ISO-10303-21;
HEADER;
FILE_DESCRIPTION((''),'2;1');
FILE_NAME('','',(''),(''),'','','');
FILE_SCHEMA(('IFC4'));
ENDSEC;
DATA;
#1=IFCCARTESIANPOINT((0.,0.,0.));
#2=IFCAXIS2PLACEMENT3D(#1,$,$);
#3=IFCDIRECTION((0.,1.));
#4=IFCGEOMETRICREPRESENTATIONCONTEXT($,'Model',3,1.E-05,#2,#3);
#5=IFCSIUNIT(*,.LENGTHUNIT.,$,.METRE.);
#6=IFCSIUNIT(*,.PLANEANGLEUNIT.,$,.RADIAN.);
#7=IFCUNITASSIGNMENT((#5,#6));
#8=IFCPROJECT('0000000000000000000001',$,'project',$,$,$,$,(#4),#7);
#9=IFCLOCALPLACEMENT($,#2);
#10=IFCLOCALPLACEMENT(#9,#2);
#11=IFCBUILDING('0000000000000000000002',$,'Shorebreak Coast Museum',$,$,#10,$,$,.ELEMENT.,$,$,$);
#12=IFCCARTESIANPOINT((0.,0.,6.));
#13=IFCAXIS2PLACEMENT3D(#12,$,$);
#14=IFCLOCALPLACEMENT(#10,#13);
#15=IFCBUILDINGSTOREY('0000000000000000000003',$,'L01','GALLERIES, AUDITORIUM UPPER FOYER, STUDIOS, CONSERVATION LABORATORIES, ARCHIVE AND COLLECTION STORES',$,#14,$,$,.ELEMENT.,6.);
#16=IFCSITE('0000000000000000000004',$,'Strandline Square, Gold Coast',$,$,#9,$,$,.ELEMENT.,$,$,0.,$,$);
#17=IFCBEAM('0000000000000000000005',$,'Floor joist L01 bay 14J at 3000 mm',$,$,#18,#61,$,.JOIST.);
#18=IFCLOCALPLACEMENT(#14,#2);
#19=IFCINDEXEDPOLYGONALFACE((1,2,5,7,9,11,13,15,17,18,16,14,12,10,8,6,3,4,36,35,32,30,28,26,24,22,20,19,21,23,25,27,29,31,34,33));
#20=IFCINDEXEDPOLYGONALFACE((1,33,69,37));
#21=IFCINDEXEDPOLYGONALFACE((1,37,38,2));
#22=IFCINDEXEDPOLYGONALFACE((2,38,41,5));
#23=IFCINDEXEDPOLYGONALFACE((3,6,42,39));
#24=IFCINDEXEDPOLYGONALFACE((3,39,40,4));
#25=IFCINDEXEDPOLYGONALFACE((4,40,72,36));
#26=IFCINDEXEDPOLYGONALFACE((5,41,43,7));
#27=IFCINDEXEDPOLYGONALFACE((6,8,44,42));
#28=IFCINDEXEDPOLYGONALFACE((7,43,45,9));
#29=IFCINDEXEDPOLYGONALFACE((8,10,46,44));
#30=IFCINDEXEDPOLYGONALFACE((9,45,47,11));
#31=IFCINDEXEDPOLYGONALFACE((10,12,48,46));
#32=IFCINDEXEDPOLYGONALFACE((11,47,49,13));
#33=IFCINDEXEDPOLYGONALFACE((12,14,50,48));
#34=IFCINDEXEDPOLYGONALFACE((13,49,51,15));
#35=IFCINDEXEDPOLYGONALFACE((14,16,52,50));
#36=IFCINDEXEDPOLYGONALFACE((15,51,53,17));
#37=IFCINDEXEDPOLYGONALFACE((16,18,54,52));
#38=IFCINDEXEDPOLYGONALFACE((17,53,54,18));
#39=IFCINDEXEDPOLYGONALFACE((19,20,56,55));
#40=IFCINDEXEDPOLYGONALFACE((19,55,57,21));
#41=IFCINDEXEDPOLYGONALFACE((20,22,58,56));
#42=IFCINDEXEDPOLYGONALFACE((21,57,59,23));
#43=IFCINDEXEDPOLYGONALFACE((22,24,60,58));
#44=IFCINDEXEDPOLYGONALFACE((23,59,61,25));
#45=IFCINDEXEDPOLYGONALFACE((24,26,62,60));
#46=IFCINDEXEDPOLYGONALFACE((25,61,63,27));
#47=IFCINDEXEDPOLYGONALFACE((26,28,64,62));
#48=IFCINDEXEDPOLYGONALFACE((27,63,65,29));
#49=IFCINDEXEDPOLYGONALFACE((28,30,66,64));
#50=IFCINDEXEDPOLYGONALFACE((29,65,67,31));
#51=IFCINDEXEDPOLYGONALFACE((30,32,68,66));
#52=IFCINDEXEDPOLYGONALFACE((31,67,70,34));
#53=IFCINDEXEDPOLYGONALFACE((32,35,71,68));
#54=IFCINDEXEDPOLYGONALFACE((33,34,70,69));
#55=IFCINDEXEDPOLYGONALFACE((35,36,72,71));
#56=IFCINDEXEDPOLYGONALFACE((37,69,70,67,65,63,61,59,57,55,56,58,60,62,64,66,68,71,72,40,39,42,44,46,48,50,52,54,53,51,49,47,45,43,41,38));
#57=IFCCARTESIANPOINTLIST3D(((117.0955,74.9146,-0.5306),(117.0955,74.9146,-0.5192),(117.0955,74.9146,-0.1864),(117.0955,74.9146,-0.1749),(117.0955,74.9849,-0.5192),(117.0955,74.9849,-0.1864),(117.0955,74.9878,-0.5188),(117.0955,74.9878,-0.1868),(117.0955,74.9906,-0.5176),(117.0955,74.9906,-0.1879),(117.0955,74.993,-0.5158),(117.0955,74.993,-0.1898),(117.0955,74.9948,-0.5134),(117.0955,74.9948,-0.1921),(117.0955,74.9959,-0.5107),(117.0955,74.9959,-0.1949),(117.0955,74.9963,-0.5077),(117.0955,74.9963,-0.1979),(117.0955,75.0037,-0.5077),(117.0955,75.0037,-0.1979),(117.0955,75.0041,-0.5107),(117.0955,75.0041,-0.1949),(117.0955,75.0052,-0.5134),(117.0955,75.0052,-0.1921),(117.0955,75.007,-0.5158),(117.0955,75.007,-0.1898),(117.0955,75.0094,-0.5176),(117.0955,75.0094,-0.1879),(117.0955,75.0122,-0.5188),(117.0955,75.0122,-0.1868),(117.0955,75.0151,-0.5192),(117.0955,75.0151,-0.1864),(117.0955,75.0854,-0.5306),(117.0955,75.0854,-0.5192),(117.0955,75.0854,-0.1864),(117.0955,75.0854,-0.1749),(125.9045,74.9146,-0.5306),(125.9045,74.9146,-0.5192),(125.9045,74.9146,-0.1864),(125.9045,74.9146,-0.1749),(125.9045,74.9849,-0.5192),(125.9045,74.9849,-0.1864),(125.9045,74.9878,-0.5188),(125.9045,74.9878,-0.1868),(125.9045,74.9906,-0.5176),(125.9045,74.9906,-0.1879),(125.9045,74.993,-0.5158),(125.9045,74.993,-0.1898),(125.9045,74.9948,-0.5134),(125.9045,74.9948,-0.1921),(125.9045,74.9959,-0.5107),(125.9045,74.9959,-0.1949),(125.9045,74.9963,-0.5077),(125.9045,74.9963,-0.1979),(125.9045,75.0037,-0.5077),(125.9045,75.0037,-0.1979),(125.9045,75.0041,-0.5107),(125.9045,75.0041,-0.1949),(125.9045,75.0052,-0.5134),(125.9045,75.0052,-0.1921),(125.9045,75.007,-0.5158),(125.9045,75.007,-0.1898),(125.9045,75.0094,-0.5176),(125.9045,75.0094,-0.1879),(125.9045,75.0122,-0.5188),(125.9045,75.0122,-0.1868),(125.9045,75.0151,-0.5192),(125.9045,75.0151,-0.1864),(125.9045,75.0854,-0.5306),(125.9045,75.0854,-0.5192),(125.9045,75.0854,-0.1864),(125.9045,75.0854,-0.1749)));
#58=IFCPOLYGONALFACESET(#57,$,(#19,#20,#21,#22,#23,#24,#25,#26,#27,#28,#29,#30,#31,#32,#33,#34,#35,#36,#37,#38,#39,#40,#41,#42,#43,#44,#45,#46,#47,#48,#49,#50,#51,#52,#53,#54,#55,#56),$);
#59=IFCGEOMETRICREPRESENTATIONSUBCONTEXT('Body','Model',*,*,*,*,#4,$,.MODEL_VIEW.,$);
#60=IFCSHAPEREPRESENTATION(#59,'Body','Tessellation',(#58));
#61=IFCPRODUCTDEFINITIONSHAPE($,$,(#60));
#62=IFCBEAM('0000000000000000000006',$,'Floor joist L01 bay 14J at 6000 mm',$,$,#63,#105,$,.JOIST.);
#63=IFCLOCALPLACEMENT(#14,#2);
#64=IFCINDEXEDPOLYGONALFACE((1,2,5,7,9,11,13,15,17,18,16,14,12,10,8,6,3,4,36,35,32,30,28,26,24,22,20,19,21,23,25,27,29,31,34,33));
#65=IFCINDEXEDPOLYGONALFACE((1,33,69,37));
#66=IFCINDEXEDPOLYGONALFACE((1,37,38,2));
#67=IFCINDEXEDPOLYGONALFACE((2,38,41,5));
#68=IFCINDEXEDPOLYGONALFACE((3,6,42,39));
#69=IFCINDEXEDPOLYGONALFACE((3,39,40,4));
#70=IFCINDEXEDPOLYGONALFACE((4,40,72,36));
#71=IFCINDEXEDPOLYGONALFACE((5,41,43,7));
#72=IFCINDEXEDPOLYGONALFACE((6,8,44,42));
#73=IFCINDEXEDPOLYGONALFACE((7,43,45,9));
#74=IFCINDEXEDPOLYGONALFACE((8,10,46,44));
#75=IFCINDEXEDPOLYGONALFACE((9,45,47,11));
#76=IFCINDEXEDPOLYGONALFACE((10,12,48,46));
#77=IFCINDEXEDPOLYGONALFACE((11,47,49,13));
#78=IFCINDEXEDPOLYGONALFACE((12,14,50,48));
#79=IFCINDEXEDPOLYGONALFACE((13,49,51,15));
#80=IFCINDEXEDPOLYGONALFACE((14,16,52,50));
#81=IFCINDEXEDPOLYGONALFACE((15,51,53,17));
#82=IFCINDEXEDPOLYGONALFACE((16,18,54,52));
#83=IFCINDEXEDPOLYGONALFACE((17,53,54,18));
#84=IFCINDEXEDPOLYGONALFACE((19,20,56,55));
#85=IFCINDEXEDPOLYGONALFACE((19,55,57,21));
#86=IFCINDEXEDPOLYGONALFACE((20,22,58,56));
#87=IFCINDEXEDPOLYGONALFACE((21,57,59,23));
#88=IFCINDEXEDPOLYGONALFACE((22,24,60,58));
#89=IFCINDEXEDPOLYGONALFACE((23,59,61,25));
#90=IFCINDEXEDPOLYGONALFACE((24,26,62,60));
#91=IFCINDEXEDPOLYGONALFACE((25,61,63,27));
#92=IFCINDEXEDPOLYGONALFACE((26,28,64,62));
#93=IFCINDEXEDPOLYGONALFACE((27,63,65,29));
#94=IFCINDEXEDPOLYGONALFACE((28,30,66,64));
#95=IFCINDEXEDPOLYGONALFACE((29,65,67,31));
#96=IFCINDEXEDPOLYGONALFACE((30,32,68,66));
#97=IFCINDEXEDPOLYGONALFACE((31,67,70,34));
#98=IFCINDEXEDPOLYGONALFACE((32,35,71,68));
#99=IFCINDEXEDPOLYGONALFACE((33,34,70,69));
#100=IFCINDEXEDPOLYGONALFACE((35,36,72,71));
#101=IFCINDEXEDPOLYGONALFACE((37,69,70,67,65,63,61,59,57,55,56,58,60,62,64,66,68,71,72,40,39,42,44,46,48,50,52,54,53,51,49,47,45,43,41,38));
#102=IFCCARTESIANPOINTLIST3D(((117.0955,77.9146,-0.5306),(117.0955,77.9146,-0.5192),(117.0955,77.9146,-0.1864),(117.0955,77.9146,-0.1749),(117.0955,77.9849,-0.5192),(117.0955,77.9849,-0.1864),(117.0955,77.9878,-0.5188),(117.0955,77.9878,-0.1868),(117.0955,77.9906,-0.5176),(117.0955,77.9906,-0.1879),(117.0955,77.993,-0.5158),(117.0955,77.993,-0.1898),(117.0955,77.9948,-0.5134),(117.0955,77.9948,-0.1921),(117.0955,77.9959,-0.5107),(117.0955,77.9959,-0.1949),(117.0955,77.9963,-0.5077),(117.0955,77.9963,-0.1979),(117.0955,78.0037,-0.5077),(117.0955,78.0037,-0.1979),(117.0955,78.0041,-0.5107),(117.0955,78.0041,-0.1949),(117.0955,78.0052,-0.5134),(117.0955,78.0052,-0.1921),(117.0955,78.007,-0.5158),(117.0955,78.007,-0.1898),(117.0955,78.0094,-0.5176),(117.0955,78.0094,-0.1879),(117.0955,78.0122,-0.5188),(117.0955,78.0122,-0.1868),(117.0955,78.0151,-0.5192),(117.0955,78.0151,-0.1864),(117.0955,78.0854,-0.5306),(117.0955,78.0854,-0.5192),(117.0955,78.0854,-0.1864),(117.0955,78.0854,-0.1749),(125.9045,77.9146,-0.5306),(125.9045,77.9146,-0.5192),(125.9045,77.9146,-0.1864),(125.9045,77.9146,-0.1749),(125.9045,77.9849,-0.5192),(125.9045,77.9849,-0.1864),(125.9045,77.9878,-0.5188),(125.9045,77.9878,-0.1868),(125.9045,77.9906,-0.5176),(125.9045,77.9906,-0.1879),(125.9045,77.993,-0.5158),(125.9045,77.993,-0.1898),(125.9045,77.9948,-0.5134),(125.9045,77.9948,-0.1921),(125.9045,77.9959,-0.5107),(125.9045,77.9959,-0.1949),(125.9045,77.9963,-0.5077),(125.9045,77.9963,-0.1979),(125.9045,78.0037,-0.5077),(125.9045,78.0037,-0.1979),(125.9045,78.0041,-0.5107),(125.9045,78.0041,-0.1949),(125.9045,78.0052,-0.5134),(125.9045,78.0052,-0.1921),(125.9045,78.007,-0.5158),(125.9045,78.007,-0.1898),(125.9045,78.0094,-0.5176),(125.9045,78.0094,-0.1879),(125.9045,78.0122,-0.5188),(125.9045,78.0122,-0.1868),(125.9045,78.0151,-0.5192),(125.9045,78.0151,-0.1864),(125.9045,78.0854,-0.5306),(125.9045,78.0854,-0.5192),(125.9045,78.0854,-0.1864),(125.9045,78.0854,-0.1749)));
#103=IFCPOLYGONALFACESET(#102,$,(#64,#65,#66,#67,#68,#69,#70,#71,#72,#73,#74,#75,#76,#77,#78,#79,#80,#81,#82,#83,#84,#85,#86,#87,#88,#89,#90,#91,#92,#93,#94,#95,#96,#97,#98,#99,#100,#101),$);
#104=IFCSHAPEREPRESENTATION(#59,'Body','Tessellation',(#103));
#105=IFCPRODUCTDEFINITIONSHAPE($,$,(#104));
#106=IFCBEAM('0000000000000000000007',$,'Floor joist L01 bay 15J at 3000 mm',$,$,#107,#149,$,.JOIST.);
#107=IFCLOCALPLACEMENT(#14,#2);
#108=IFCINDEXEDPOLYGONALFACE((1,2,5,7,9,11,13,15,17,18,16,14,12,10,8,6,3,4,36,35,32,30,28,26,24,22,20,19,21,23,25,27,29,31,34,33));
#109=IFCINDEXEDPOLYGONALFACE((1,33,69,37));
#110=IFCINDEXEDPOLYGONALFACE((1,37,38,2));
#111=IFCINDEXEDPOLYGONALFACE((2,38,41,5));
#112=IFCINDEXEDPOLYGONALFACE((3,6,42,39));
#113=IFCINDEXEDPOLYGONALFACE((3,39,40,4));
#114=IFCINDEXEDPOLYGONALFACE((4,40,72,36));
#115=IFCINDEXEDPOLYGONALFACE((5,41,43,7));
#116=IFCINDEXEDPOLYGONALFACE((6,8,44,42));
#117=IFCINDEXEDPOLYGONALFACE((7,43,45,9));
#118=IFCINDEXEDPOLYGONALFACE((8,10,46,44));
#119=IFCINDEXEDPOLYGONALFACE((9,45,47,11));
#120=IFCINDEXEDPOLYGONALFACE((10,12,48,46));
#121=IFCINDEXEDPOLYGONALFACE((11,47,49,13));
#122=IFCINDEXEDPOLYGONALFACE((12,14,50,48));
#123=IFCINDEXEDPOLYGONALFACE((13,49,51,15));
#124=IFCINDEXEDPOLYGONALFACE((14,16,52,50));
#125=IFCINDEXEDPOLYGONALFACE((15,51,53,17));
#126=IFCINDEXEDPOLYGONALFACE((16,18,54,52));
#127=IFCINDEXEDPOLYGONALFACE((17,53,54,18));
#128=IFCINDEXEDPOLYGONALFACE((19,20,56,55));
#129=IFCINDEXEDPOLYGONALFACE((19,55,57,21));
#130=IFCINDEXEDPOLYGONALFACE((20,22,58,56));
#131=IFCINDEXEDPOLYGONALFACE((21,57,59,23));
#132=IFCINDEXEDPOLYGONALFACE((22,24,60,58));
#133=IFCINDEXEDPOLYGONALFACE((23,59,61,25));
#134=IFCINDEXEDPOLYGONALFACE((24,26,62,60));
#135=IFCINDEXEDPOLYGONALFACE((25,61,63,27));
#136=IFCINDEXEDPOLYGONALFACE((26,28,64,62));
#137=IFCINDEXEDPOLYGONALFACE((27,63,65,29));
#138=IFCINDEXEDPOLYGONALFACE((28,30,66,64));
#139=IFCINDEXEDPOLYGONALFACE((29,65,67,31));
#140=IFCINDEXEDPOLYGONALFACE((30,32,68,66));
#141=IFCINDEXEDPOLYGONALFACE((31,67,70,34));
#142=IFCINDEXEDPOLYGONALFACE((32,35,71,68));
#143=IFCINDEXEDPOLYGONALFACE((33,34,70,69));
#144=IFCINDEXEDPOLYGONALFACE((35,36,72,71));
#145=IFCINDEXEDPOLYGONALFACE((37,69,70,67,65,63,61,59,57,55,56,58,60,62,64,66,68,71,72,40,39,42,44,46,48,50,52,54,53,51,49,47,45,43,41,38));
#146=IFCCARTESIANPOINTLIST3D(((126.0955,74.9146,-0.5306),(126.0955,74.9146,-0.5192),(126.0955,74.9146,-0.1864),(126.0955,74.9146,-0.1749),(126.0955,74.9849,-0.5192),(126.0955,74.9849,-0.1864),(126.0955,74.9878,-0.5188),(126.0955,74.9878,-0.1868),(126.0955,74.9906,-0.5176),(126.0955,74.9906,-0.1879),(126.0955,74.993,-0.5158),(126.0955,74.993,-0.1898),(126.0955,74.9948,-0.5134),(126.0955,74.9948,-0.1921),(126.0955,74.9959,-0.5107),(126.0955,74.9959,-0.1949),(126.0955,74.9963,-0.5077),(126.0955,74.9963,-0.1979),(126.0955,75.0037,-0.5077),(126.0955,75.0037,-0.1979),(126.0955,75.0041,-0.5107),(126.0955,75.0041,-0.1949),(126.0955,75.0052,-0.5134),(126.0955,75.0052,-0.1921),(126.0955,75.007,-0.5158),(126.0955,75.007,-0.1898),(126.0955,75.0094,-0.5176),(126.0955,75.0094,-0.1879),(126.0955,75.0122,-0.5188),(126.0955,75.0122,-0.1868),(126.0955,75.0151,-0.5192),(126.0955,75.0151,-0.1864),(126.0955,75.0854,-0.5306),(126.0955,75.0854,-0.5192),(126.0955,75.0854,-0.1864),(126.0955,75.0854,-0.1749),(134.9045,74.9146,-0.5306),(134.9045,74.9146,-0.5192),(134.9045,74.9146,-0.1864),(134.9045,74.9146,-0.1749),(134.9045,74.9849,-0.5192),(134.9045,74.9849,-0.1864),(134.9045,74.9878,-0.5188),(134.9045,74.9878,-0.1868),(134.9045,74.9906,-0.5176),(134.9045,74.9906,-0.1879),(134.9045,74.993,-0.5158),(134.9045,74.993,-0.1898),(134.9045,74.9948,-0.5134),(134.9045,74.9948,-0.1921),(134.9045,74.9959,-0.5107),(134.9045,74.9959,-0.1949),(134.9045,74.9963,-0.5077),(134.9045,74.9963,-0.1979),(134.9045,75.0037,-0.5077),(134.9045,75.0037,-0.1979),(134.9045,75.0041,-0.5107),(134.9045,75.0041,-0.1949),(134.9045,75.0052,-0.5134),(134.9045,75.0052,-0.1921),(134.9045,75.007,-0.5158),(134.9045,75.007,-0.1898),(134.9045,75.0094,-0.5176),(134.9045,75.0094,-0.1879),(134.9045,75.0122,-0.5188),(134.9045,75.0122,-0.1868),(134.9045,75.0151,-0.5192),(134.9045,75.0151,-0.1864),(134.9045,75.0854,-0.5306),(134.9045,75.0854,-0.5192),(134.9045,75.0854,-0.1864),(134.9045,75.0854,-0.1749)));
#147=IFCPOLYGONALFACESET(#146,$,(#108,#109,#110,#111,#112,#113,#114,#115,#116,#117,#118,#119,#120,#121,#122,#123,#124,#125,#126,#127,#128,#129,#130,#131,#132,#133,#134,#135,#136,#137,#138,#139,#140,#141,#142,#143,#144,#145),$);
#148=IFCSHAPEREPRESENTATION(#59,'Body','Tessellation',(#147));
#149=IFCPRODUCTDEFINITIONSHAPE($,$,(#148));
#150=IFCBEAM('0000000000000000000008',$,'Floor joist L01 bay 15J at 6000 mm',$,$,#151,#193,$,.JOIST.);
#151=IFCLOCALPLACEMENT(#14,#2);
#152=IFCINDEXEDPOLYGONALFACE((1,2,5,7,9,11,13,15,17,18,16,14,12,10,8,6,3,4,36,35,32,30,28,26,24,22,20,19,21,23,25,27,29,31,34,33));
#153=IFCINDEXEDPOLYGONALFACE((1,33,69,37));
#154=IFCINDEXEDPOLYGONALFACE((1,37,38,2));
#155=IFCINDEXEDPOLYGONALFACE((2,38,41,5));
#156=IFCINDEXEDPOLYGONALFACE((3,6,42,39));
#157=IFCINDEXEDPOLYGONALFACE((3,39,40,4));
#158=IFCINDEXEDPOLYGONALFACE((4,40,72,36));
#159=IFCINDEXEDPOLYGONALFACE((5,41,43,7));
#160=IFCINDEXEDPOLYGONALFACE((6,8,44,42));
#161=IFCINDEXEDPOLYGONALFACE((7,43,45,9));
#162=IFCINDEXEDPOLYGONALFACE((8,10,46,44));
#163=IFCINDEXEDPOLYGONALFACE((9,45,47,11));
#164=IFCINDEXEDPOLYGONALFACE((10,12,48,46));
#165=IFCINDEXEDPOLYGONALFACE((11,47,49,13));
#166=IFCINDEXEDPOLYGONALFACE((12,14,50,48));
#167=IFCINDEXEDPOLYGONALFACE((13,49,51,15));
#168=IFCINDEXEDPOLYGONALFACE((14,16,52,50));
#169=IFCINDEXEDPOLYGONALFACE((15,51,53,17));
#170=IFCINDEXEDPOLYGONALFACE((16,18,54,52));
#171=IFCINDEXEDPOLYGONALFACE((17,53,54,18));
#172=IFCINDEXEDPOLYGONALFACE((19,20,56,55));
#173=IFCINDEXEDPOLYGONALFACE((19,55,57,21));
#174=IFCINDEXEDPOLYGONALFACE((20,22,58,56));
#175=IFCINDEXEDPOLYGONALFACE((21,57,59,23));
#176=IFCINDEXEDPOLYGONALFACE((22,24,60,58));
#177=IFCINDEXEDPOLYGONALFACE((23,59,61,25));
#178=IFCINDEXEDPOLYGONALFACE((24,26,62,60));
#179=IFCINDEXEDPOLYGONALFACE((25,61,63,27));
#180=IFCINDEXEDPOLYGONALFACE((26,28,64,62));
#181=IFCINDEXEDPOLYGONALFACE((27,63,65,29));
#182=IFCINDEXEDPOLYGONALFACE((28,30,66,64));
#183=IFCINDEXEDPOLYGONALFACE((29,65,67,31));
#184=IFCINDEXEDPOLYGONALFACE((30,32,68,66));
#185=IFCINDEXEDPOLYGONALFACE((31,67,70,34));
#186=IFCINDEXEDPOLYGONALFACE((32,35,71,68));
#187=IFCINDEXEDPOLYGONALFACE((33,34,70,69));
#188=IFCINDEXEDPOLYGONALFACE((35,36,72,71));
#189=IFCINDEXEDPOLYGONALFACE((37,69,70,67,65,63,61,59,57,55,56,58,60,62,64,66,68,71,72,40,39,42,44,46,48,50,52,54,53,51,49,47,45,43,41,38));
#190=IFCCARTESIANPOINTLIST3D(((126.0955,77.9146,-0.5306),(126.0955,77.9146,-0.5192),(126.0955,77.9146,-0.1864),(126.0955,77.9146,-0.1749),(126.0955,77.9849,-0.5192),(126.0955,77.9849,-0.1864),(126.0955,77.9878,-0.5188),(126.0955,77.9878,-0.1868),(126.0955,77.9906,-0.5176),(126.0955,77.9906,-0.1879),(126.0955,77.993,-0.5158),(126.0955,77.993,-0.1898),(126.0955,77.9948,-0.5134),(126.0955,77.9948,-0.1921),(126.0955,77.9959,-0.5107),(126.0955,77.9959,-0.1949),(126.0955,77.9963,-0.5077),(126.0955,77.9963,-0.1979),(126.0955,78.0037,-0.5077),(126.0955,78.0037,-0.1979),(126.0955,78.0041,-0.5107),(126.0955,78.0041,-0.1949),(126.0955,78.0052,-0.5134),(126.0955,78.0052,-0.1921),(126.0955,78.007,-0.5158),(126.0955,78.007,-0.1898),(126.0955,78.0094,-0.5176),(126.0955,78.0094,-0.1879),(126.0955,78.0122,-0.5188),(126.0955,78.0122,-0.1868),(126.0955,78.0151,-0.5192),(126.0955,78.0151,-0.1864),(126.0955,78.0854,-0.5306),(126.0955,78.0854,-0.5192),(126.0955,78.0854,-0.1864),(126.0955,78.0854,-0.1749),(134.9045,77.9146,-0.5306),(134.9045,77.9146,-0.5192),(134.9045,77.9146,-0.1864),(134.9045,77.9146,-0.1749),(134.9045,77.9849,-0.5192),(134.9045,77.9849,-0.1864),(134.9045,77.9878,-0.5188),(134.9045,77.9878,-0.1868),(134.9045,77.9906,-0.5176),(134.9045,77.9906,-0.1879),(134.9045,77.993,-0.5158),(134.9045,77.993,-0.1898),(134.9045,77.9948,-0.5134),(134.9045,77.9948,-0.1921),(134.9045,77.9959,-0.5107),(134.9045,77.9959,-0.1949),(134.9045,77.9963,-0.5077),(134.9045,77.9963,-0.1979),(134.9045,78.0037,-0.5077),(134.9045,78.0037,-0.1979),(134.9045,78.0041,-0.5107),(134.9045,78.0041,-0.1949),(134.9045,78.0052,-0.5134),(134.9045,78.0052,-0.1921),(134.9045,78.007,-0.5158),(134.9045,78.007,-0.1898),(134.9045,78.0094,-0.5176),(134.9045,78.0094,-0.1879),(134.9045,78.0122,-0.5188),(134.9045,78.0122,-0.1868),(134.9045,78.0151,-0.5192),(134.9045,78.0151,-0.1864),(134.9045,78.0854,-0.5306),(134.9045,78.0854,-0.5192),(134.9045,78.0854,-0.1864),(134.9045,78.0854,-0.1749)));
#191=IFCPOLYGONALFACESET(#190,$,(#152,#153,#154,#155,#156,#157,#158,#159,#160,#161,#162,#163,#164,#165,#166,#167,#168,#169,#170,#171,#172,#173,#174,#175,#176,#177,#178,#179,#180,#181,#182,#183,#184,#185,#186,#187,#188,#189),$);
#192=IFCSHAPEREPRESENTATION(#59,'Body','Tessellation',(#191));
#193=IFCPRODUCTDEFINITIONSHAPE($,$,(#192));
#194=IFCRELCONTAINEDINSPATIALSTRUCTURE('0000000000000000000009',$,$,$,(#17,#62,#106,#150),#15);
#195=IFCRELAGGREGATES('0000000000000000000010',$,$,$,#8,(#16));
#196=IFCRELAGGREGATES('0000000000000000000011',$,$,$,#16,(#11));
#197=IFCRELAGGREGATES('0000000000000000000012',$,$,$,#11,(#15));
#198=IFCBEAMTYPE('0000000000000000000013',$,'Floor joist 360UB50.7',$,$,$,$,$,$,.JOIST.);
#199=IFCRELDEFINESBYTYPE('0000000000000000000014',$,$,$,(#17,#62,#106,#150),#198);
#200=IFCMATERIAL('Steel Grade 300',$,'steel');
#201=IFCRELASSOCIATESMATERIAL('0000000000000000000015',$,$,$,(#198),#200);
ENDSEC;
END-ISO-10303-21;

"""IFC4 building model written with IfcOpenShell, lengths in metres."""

from ifc_helpers import new_model, si_unit, direction, frame, origin, origin_2d, place, context, subcontext, project, spatial, i_section, extrude, material, material_profile, profile_set, type_object, element, save


model = new_model("IFC4")

# Units and contexts
model_context = context("Model", 3, precision=1e-05, world=origin(), true_north=direction((0.0, 1.0)))
body_context = subcontext(model_context, "Body", "Model", "MODEL_VIEW")
ifc_project = project(units=[si_unit("LENGTHUNIT", "METRE"), si_unit("PLANEANGLEUNIT", "RADIAN")], contexts=[model_context])

# Site, building, storey
site_placement = place(None, origin())
site = spatial("IfcSite", under=ifc_project, at=site_placement, Name="Strandline Square, Gold Coast", CompositionType="ELEMENT", RefElevation=0.0)
building_placement = place(site_placement, origin())
building = spatial("IfcBuilding", under=site, at=building_placement, Name="Shorebreak Coast Museum", CompositionType="ELEMENT")
storey_placement = place(building_placement, frame((0.0, 0.0, 6.0)))
storey = spatial("IfcBuildingStorey", under=building, at=storey_placement, Name="L01", Description="GALLERIES, AUDITORIUM UPPER FOYER, STUDIOS, CONSERVATION LABORATORIES, ARCHIVE AND COLLECTION STORES", CompositionType="ELEMENT", Elevation=6.0)

# Beams
ifc_material_1 = material(Name="Steel Grade 300", Category="steel")
ifc_material_profile_1 = material_profile(ifc_material_1, i_section(OverallWidth=0.1709, OverallDepth=0.3557, WebThickness=0.0073, FlangeThickness=0.0115, FilletRadius=0.0115, at=origin_2d()), Name="360UB50.7")
ifc_profile_set_1 = profile_set([ifc_material_profile_1], Name="Steel Grade 300")
beam_type_1 = type_object("IfcBeamType", Name="Floor joist 360UB50.7", PredefinedType="JOIST", material=ifc_profile_set_1)
for number, where, z_axis, x_axis, name in (
    (1, (117.0955, 75.0, -0.3528), (1.0, 0.0, 0.0), (0.0, 1.0, 0.0), "Floor joist L01 bay 14J at 3000 mm"),
    (2, (117.0955, 78.0, -0.3528), (1.0, 0.0, 0.0), (0.0, 1.0, 0.0), "Floor joist L01 bay 14J at 6000 mm"),
    (3, (126.0955, 75.0, -0.3528), (1.0, 0.0, 0.0), (0.0, 1.0, 0.0), "Floor joist L01 bay 15J at 3000 mm"),
    (4, (126.0955, 78.0, -0.3528), (1.0, 0.0, 0.0), (0.0, 1.0, 0.0), "Floor joist L01 bay 15J at 6000 mm"),
):
    element("IfcBeam", number, at=place(storey_placement, frame(where, z_axis=z_axis, x_axis=x_axis)), inside=storey, type_object=beam_type_1, Name=name, PredefinedType="JOIST", context=body_context, shape_type="SweptSolid", body=[
        extrude(i_section(OverallWidth=0.1709, OverallDepth=0.3557, WebThickness=0.0073, FlangeThickness=0.0115, FilletRadius=0.0115, at=origin_2d()), origin(), (0.0, 0.0, 1.0), 8.8091),
    ])

save(model, "model.ifc")
